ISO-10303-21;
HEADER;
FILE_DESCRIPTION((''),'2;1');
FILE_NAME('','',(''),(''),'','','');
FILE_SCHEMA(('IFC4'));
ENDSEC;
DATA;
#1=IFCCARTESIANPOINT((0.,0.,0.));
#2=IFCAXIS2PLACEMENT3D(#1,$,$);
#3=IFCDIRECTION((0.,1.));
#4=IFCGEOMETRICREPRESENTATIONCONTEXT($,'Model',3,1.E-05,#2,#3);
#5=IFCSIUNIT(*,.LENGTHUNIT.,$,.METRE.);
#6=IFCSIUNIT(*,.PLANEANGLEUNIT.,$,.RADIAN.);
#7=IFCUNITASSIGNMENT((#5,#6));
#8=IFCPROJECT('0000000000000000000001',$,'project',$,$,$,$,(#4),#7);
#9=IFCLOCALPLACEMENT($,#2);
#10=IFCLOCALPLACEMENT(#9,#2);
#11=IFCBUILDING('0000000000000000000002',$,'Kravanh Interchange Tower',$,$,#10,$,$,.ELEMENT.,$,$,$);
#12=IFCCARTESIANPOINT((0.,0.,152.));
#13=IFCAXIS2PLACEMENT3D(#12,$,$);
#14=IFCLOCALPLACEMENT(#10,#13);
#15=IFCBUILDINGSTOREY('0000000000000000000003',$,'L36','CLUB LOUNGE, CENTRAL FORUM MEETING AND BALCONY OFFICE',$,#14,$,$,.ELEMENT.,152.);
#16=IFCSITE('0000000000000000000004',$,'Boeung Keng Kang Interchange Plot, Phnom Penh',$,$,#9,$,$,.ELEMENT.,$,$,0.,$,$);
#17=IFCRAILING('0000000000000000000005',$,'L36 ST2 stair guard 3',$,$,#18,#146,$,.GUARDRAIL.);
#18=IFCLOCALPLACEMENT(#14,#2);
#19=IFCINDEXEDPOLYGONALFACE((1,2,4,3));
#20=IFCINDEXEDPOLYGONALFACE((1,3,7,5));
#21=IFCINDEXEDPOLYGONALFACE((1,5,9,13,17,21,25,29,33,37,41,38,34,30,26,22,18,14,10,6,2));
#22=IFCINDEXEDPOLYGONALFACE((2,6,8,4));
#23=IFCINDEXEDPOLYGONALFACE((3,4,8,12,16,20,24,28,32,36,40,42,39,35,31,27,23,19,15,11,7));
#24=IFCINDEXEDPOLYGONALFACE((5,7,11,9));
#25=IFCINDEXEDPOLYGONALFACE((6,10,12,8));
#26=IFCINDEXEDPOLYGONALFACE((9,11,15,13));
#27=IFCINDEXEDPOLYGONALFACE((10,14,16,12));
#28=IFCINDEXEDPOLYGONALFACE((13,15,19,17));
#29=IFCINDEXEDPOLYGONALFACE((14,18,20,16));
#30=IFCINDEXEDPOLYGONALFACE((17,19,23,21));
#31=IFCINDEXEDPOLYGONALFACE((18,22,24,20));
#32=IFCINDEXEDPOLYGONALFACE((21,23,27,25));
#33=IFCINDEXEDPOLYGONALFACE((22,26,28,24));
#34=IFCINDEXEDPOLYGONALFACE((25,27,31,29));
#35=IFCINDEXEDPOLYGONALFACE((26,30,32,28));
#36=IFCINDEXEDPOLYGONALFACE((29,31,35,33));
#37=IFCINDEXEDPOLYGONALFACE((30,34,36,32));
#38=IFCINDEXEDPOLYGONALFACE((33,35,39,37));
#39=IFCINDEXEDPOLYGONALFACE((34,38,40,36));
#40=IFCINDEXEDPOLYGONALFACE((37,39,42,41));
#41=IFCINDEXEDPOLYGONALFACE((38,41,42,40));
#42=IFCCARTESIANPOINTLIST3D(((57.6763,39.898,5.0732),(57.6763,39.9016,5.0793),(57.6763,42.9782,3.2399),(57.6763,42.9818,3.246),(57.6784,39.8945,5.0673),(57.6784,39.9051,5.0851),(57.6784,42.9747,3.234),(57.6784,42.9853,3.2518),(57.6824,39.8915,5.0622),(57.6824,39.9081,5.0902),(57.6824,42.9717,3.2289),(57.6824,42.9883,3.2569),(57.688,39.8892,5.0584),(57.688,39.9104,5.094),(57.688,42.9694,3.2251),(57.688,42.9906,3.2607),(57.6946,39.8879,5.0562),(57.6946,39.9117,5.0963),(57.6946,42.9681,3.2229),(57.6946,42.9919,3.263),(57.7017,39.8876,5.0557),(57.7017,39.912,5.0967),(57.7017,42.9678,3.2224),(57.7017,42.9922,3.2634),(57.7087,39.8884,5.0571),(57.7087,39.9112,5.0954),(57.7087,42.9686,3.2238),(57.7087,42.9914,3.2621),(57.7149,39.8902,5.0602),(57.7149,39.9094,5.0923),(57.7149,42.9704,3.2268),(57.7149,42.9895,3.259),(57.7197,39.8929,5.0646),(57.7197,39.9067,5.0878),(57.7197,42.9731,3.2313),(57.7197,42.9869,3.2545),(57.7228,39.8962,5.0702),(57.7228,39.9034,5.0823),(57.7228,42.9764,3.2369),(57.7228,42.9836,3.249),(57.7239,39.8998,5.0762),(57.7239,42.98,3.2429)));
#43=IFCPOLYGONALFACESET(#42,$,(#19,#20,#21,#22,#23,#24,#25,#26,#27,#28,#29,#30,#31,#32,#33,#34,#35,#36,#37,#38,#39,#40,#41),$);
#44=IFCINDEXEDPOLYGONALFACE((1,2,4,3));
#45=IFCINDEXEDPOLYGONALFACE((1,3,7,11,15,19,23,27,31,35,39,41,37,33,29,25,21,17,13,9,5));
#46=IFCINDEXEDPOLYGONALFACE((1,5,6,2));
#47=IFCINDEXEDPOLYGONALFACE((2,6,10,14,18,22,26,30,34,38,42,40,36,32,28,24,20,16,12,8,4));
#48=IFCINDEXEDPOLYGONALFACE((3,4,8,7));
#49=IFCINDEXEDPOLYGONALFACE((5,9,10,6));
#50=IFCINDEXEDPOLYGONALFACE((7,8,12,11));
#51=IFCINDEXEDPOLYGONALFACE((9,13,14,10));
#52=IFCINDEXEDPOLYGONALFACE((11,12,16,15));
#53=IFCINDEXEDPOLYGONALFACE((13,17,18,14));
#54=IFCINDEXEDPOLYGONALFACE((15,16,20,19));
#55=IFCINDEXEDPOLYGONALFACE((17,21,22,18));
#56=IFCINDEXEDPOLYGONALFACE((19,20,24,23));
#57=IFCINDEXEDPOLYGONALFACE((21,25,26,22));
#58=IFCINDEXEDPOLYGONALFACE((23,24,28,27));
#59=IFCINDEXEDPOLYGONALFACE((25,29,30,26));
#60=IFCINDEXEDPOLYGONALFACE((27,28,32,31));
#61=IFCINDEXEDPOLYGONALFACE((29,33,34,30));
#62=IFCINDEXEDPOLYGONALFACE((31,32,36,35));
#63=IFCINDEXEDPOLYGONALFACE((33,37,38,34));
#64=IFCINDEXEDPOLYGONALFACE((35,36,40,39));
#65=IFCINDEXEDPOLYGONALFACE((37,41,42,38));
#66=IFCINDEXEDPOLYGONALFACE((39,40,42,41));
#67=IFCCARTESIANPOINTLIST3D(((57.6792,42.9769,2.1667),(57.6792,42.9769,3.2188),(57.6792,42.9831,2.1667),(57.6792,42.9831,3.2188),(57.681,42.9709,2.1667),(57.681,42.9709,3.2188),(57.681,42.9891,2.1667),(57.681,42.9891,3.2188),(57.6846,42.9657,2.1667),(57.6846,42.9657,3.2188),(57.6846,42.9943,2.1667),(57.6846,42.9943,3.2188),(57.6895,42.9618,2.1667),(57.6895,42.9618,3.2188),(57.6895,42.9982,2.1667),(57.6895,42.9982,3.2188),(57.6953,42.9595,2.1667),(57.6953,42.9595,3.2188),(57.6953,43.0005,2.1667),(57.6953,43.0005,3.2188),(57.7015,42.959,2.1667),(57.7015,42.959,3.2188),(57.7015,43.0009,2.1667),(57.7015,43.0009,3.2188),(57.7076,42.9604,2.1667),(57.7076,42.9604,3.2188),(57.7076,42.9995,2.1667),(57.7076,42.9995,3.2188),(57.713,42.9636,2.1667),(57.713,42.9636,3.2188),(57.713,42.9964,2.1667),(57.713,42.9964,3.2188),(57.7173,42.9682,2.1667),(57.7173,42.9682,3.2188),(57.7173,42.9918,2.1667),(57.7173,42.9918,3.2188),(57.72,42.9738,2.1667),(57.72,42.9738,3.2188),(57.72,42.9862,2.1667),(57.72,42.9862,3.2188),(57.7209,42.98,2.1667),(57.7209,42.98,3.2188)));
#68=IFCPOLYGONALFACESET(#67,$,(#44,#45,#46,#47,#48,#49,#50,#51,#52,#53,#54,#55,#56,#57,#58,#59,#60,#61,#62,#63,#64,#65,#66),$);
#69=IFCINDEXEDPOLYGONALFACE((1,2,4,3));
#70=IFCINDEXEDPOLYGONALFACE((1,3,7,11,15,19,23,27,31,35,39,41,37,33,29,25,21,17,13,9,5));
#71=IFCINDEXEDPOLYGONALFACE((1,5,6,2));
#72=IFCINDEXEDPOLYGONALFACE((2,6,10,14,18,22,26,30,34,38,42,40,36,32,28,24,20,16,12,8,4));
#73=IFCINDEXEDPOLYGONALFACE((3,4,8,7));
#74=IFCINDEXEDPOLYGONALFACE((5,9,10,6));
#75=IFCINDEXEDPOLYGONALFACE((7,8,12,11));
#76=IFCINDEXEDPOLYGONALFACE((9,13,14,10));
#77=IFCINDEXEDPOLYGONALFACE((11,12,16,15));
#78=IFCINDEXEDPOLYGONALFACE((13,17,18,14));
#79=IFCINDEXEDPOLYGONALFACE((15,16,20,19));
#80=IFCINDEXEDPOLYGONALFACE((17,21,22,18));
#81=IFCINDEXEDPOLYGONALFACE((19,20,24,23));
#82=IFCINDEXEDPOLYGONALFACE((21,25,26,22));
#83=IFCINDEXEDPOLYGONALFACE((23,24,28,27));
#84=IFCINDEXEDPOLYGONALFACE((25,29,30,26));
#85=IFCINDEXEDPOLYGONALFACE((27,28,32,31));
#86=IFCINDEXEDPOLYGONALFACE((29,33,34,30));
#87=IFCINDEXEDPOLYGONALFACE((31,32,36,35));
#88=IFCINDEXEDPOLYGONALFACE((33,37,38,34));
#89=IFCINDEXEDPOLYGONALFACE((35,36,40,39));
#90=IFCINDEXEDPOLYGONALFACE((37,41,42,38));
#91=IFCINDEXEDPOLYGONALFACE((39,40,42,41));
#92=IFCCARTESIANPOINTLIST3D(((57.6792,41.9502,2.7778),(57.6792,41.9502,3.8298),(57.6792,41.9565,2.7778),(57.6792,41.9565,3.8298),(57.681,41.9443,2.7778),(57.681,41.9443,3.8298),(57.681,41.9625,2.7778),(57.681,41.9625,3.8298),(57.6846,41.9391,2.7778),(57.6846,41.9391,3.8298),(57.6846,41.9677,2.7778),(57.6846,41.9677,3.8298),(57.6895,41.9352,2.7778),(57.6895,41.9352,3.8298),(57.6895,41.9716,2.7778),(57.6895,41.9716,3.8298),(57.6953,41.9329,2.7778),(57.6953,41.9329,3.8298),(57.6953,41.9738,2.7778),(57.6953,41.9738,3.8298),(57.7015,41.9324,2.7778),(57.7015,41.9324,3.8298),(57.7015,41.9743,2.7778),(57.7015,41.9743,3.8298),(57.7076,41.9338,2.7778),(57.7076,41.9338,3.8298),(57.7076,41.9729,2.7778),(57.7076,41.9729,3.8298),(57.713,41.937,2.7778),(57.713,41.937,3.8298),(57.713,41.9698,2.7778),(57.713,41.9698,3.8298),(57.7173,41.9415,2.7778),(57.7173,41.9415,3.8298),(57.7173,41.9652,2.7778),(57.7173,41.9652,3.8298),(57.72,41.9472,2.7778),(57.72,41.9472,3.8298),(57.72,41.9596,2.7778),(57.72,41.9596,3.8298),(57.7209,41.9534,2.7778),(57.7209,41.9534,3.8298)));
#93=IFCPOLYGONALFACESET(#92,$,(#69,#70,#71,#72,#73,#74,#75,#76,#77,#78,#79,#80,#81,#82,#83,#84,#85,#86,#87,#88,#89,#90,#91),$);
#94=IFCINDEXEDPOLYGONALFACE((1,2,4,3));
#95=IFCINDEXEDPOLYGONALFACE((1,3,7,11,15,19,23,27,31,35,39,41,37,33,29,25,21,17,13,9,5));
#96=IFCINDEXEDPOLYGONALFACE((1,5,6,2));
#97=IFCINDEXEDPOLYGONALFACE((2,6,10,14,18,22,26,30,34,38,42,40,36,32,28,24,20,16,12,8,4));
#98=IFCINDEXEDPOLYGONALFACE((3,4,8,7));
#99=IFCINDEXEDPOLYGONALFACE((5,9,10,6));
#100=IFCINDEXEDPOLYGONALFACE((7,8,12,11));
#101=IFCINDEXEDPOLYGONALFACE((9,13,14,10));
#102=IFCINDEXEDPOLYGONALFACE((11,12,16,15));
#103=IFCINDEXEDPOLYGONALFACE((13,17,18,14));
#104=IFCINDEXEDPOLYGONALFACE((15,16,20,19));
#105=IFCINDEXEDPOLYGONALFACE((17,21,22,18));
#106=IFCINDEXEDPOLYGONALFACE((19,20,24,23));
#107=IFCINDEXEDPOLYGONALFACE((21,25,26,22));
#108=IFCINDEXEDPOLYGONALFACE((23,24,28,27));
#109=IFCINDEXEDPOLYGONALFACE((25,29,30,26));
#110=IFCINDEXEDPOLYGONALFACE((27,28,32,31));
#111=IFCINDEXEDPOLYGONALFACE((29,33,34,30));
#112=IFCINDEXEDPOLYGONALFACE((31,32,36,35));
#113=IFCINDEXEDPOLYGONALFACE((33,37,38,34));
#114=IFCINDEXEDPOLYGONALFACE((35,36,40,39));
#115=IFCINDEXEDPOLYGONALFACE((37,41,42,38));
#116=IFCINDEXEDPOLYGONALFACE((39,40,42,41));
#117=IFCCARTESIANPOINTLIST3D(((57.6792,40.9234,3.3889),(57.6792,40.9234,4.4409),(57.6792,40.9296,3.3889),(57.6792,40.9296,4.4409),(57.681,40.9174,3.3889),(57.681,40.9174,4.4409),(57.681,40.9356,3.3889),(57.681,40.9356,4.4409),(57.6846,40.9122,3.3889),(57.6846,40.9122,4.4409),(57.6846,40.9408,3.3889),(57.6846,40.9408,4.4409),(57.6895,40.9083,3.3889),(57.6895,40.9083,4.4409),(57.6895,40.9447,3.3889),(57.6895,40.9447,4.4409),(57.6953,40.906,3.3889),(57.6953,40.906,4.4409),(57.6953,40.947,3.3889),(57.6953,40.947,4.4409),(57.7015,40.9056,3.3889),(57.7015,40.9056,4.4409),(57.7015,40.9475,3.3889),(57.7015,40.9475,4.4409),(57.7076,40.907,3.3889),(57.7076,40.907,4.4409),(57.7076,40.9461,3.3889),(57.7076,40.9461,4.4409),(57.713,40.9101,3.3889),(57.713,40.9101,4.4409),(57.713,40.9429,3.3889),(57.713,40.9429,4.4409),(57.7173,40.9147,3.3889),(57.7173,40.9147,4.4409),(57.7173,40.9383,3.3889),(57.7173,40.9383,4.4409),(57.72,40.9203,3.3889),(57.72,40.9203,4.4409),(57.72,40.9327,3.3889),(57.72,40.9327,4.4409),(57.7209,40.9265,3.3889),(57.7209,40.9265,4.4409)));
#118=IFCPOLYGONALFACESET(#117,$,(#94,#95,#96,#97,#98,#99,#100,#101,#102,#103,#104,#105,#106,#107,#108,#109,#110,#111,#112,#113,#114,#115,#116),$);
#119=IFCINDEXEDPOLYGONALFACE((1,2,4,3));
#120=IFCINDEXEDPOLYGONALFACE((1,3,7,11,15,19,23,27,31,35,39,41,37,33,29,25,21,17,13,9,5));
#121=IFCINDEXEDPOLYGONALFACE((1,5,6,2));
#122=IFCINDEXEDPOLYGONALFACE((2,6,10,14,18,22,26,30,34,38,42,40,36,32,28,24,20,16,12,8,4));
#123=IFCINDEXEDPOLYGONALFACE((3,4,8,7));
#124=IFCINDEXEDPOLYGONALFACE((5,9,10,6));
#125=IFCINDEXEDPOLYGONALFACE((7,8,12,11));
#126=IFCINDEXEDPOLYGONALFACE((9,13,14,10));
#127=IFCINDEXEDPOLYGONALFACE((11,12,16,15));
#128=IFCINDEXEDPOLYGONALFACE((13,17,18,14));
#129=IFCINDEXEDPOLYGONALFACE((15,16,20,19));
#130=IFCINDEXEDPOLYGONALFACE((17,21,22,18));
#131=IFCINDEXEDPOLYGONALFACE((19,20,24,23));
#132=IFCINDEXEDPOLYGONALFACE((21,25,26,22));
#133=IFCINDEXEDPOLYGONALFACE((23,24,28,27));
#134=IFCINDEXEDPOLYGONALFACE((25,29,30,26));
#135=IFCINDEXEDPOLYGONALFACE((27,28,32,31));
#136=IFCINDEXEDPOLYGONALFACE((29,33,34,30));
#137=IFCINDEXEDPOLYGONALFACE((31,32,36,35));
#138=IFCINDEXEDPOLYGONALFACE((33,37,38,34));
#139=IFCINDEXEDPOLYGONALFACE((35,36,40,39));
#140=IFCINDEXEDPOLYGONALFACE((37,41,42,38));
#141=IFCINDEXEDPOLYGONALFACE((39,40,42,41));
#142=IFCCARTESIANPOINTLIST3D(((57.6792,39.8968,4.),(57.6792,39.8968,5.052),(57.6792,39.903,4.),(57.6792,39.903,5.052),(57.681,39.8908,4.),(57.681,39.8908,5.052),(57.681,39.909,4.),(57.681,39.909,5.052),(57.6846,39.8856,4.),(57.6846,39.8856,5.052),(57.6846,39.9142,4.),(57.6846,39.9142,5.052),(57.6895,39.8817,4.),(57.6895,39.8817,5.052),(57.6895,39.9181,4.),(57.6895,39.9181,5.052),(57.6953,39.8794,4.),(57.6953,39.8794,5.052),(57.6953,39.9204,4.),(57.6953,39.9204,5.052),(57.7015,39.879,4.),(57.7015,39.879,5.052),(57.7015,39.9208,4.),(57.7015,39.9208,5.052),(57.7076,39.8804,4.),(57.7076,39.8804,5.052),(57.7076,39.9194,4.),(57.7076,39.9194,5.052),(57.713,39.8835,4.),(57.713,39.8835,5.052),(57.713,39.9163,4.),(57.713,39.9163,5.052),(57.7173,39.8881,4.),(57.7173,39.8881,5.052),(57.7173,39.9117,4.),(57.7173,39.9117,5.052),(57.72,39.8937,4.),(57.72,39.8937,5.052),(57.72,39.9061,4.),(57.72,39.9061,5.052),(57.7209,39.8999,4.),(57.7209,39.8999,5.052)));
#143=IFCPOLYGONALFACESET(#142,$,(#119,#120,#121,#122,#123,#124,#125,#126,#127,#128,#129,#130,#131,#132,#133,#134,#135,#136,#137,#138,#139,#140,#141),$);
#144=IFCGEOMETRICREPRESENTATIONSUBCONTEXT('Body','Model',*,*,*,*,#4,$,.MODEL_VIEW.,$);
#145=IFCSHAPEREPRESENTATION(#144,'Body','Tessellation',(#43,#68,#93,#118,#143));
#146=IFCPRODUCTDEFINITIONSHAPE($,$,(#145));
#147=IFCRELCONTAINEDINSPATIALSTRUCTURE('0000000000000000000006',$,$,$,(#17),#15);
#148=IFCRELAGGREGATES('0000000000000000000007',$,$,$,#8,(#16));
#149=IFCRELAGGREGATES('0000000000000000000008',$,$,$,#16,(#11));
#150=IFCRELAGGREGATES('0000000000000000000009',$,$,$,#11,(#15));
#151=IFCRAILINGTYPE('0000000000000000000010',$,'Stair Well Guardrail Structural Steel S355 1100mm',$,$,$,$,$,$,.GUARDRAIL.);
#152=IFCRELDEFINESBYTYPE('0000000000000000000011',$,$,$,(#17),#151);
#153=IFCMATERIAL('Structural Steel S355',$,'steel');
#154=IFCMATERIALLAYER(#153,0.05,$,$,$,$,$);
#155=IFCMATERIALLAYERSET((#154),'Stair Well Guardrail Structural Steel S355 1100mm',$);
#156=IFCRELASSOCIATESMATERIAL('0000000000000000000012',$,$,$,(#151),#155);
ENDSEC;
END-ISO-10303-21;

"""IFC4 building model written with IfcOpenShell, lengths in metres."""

from ifc_helpers import new_model, si_unit, direction, frame, origin, origin_2d, place, context, subcontext, project, spatial, circle, extrude, material, layer, layer_set, type_object, element, save


model = new_model("IFC4")

# Units and contexts
model_context = context("Model", 3, precision=1e-05, world=origin(), true_north=direction((0.0, 1.0)))
body_context = subcontext(model_context, "Body", "Model", "MODEL_VIEW")
ifc_project = project(units=[si_unit("LENGTHUNIT", "METRE"), si_unit("PLANEANGLEUNIT", "RADIAN")], contexts=[model_context])

# Site, building, storey
site_placement = place(None, origin())
site = spatial("IfcSite", under=ifc_project, at=site_placement, Name="Boeung Keng Kang Interchange Plot, Phnom Penh", CompositionType="ELEMENT", RefElevation=0.0)
building_placement = place(site_placement, origin())
building = spatial("IfcBuilding", under=site, at=building_placement, Name="Kravanh Interchange Tower", CompositionType="ELEMENT")
storey_placement = place(building_placement, frame((0.0, 0.0, 152.0)))
storey = spatial("IfcBuildingStorey", under=building, at=storey_placement, Name="L36", Description="CLUB LOUNGE, CENTRAL FORUM MEETING AND BALCONY OFFICE", CompositionType="ELEMENT", Elevation=152.0)

# Railing
ifc_material_1 = material(Name="Structural Steel S355", Category="steel")
ifc_layer_1 = layer(ifc_material_1, 0.05)
ifc_layer_set_1 = layer_set([ifc_layer_1], Name="Stair Well Guardrail Structural Steel S355 1100mm")
railing_type_1 = type_object("IfcRailingType", Name="Stair Well Guardrail Structural Steel S355 1100mm", PredefinedType="GUARDRAIL", material=ifc_layer_set_1)
railing_1_placement = place(storey_placement, frame((57.7, 42.98, 2.1667)))
element("IfcRailing", 1, at=railing_1_placement, inside=storey, type_object=railing_type_1, Name="L36 ST2 stair guard 3", PredefinedType="GUARDRAIL", context=body_context, shape_type="SweptSolid", body=[
    extrude(circle(Radius=0.0239, at=origin_2d()), frame((0.0, 0.0, 1.0762), z_axis=(0.0, -0.859309, 0.511458), x_axis=(1.0, 0.0, 0.0)), (0.0, 0.0, 1.0), 3.5845),
    extrude(circle(Radius=0.021, at=origin_2d()), origin(), (0.0, 0.0, 1.0), 1.052),
    extrude(circle(Radius=0.021, at=origin_2d()), frame((0.0, -1.0266, 0.6111)), (0.0, 0.0, 1.0), 1.052),
    extrude(circle(Radius=0.021, at=origin_2d()), frame((0.0, -2.0535, 1.2222)), (0.0, 0.0, 1.0), 1.052),
    extrude(circle(Radius=0.021, at=origin_2d()), frame((0.0, -3.0801, 1.8333)), (0.0, 0.0, 1.0), 1.052),
])

save(model, "model.ifc")
